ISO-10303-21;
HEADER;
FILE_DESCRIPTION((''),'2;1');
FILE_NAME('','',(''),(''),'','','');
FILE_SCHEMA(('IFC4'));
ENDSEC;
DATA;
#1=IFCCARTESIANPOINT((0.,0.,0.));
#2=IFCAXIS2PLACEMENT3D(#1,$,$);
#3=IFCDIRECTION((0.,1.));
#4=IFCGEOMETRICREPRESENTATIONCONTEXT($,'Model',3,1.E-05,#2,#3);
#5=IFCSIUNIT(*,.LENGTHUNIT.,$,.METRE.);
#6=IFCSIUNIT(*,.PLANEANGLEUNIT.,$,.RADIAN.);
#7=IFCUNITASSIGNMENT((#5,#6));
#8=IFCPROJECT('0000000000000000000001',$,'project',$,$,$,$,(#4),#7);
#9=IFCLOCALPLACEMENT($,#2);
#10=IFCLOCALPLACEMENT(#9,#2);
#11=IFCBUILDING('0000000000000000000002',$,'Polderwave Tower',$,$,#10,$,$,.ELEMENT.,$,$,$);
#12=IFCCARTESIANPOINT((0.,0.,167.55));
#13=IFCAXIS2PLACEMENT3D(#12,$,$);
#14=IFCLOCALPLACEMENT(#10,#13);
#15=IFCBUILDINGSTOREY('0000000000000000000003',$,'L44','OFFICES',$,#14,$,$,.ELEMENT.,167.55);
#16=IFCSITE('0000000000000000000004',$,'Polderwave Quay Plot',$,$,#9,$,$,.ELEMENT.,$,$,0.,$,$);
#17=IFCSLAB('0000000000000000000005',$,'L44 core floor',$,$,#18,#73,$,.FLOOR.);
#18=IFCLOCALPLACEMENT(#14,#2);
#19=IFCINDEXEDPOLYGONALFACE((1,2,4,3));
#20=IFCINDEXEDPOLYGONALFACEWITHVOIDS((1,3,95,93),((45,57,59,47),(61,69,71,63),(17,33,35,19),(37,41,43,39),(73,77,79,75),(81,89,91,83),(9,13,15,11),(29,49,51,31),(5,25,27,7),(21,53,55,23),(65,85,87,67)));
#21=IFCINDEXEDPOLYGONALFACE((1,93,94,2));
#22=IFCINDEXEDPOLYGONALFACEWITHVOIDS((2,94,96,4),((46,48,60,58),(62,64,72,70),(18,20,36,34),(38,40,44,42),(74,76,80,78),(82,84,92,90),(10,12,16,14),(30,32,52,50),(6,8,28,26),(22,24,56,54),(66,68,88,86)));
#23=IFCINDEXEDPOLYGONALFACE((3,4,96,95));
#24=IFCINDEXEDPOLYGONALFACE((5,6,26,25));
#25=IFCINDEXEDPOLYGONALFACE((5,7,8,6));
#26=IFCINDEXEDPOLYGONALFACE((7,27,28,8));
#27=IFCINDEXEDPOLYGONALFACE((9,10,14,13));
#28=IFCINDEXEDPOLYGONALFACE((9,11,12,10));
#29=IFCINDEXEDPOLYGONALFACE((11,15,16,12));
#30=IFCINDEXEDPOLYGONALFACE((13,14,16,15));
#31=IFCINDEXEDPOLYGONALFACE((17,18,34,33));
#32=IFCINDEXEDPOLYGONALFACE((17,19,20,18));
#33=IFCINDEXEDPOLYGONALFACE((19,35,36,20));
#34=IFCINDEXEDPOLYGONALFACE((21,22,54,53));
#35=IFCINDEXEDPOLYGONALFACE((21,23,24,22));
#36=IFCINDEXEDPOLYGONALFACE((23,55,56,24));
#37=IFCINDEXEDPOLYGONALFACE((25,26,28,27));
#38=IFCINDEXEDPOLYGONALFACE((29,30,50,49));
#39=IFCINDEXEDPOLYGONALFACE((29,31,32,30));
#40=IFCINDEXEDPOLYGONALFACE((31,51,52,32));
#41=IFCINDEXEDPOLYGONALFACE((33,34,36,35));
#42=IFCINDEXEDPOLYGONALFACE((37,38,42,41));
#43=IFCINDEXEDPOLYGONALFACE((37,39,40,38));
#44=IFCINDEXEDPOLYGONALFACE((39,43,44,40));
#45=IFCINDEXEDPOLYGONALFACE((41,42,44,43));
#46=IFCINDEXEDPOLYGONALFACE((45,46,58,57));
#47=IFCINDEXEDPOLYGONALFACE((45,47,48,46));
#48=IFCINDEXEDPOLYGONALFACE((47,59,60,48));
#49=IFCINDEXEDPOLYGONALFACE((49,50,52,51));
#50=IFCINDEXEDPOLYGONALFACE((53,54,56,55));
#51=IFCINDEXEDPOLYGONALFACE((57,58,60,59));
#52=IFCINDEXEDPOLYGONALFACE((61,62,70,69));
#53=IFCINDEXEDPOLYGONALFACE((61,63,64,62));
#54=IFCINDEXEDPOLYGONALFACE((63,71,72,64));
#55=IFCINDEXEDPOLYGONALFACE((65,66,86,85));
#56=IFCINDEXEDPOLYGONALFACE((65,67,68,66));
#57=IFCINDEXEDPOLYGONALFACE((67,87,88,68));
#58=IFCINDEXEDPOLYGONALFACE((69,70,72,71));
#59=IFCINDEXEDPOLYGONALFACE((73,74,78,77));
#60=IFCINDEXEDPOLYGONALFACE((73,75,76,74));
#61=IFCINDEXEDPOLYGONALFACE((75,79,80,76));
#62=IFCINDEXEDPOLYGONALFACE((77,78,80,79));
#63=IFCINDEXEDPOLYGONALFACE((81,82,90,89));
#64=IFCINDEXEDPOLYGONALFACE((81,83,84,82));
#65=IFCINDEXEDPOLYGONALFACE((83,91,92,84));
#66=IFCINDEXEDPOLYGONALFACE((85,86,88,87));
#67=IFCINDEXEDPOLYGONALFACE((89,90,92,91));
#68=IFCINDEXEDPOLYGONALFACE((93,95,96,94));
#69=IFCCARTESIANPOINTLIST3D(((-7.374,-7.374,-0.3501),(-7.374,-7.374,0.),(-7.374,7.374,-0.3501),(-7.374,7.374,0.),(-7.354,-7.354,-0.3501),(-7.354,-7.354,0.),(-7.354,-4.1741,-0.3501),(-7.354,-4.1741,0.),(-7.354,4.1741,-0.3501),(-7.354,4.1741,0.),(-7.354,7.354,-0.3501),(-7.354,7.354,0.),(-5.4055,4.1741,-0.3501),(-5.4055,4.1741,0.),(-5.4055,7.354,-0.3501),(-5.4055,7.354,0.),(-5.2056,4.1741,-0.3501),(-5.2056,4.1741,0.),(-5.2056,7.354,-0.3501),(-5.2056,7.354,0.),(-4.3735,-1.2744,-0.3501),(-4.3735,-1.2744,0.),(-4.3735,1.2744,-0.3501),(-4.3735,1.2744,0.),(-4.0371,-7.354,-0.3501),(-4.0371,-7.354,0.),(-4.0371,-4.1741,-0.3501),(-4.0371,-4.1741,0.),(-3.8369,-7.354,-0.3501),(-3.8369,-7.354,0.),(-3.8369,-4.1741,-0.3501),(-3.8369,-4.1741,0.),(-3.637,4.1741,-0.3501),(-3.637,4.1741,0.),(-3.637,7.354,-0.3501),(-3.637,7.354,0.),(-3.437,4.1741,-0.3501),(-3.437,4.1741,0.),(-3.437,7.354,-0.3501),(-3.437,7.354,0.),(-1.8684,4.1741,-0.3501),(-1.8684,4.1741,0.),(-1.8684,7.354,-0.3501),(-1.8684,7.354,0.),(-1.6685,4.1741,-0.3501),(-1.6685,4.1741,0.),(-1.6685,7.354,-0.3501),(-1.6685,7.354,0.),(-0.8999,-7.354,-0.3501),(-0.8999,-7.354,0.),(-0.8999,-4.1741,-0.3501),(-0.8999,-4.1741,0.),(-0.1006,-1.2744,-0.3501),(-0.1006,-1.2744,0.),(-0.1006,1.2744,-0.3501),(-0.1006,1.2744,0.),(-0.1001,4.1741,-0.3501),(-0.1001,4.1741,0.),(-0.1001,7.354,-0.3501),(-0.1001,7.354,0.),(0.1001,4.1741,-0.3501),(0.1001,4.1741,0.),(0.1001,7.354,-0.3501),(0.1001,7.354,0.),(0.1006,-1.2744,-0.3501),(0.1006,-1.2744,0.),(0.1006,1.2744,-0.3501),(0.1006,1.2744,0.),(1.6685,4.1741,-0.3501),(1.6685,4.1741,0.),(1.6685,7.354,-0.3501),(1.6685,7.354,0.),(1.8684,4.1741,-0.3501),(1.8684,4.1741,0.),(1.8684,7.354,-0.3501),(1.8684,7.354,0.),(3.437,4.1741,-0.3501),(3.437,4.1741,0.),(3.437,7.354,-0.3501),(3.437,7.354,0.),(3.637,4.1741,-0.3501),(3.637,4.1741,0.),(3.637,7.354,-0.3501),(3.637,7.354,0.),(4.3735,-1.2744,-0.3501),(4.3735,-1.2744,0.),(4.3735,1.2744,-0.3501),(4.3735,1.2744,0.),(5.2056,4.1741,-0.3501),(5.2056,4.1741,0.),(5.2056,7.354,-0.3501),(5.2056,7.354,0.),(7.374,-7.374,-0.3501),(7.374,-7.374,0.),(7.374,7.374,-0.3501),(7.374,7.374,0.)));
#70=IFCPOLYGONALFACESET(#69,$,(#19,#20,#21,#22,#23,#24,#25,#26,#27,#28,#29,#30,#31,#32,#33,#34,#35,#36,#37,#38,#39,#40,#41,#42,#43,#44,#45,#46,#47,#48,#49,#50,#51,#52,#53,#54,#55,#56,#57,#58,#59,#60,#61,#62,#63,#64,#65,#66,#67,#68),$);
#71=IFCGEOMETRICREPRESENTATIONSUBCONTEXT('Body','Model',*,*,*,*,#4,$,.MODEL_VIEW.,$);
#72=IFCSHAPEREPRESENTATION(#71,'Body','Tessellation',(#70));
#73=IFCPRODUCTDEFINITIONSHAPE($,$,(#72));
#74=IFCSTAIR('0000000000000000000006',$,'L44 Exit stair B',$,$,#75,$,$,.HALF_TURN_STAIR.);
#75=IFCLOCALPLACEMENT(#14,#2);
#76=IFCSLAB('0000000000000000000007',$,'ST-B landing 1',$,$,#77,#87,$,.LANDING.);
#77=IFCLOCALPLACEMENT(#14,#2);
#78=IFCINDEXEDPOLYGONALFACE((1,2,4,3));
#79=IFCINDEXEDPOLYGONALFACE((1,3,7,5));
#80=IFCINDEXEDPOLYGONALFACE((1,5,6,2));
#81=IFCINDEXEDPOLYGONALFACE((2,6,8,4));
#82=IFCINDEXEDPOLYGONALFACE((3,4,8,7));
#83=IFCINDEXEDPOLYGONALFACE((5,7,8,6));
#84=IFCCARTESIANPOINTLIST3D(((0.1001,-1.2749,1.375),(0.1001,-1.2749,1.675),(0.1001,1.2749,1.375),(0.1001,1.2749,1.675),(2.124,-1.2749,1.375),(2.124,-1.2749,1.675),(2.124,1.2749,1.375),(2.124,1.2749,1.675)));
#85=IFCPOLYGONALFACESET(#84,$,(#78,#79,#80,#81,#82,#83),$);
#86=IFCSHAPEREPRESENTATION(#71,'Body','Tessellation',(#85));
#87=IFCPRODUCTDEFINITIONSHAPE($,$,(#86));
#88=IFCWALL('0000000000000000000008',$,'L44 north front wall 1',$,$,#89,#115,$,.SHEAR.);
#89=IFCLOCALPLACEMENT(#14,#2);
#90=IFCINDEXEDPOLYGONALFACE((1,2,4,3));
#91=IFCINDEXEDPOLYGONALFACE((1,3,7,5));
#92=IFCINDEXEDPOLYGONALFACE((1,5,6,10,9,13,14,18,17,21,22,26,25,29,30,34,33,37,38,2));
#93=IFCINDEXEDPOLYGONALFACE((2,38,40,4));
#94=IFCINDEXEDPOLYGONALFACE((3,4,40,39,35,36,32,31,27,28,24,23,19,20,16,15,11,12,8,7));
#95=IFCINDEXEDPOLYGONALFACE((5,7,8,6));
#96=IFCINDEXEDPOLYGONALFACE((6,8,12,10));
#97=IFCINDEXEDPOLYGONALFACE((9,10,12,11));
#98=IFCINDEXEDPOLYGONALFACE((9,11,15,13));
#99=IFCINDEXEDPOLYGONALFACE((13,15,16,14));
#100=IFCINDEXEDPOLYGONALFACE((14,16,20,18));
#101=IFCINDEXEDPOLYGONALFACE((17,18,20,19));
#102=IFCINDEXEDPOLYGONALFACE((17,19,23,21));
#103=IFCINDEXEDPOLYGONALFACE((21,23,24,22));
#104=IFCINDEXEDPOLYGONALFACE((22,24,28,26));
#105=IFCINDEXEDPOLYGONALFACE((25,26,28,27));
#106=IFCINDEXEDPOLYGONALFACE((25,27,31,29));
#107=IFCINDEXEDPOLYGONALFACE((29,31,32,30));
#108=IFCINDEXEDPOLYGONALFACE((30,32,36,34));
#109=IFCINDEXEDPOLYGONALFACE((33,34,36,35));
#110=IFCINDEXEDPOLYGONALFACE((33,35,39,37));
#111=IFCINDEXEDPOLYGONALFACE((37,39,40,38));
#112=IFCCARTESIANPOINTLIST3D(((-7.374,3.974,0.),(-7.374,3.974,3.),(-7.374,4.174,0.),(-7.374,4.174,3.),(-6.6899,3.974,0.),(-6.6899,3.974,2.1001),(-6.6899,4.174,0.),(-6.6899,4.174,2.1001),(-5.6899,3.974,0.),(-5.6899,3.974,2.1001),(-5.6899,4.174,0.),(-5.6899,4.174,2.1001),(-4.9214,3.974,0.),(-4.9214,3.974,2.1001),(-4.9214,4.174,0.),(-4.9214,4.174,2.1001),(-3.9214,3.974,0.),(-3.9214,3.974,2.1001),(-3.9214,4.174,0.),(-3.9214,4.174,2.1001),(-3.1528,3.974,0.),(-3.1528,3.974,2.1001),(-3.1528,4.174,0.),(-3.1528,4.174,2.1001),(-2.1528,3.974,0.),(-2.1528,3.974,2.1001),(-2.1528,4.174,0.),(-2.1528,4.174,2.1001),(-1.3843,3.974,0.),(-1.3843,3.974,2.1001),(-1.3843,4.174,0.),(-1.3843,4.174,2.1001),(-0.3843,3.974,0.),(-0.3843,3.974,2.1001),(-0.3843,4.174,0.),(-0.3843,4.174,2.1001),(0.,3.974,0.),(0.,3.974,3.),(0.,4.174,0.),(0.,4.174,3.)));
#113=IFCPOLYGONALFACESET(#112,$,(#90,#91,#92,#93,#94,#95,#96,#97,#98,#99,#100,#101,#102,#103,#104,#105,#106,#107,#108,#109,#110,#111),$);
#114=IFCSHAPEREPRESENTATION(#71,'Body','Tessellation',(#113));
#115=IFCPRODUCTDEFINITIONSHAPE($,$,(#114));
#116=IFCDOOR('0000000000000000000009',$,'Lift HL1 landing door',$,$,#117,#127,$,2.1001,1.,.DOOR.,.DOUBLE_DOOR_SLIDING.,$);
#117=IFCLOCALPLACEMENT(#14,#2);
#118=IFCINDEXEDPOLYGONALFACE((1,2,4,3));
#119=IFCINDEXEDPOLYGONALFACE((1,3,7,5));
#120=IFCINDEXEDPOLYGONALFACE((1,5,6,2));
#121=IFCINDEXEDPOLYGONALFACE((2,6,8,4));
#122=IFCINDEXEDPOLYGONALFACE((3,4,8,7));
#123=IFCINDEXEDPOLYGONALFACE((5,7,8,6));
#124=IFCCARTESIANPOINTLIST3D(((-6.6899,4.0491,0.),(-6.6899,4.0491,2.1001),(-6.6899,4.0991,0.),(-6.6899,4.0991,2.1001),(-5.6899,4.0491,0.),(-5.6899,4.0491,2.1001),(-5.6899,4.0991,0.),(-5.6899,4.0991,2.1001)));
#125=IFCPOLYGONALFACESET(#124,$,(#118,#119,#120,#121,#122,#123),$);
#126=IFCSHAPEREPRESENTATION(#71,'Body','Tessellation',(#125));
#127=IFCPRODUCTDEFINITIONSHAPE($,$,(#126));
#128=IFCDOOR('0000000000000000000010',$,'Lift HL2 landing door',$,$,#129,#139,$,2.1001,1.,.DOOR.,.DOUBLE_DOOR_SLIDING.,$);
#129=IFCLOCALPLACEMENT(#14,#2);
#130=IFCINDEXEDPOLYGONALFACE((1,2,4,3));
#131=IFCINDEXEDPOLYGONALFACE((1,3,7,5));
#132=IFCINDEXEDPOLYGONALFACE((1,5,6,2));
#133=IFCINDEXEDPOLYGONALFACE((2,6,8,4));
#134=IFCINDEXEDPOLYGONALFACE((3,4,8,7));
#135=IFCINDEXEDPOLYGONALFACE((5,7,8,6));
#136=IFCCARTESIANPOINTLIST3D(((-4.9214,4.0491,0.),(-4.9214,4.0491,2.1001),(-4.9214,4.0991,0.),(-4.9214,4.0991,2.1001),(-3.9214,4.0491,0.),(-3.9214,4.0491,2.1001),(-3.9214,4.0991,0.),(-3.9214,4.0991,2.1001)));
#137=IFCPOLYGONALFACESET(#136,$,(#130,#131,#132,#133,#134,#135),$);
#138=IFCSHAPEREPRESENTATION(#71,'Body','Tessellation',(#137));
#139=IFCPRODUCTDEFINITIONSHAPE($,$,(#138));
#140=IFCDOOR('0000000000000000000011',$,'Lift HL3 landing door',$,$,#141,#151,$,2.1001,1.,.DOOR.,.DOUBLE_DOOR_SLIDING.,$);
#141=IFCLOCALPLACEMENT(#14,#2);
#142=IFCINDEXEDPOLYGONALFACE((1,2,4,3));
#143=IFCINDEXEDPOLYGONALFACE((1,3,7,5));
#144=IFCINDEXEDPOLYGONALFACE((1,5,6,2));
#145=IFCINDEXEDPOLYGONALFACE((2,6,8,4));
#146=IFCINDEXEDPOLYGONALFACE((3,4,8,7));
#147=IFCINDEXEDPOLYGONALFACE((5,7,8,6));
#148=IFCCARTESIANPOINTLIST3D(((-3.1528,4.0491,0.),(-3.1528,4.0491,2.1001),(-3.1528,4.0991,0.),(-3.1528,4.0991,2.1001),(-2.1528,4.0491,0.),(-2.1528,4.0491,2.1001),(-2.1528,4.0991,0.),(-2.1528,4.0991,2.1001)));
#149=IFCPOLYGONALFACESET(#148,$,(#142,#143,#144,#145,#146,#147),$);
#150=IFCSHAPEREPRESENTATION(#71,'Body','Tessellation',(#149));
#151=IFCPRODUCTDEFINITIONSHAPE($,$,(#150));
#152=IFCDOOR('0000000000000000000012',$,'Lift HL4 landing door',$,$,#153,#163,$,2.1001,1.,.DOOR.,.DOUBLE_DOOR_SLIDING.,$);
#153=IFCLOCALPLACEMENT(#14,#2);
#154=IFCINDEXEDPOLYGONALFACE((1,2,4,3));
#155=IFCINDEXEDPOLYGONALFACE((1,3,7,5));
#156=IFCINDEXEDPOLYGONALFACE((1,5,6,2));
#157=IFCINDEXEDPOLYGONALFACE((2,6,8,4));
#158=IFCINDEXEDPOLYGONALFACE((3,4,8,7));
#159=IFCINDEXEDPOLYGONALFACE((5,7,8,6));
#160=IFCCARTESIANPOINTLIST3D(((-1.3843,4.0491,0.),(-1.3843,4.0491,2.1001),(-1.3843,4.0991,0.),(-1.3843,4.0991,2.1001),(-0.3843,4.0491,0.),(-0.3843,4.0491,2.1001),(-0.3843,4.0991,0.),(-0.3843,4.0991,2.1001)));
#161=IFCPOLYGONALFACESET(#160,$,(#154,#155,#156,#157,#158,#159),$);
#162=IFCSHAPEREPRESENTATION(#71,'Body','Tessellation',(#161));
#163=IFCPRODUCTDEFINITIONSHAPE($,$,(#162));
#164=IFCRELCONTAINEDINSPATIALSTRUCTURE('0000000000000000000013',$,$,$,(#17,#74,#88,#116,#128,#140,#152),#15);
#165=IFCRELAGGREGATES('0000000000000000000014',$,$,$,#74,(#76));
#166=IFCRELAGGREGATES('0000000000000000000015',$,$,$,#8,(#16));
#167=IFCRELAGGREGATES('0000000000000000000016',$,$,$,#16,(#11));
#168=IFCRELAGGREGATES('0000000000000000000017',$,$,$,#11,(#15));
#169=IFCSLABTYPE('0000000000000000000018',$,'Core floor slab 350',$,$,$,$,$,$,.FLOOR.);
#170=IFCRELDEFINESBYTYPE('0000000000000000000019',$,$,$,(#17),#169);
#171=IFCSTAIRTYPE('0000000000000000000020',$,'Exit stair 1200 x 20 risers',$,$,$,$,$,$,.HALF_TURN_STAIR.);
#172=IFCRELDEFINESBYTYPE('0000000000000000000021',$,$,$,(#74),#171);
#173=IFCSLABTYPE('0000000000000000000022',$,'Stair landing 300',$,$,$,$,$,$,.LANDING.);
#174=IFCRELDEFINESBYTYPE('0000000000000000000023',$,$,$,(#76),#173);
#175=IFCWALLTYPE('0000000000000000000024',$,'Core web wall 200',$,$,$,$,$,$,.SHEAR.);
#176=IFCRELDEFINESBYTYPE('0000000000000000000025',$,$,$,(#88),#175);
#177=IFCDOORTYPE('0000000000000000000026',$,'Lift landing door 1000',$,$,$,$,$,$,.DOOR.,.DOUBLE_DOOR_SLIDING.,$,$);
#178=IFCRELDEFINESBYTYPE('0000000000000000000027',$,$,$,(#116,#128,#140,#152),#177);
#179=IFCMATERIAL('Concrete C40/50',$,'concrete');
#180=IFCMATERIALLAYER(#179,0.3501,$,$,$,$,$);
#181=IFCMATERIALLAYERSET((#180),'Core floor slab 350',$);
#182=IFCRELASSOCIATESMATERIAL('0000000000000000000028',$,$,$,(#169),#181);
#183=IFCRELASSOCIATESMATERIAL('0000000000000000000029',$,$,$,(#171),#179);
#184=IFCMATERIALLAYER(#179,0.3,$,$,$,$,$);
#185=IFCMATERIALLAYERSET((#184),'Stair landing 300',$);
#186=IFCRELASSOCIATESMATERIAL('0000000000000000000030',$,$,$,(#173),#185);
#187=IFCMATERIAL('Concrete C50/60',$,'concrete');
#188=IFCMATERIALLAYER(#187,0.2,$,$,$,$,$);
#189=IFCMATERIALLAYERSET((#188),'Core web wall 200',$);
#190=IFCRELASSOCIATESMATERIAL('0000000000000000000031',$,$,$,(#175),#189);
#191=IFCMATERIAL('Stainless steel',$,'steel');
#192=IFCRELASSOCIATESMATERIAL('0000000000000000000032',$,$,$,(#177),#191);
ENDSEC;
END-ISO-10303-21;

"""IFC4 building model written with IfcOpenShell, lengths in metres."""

from ifc_helpers import new_model, si_unit, direction, frame, frame_2d, origin, place, context, subcontext, project, spatial, polyline, rectangle, outline, extrude, material, layer, layer_set, type_object, element, fill, aggregate, save


model = new_model("IFC4")

# Units and contexts
model_context = context("Model", 3, precision=1e-05, world=origin(), true_north=direction((0.0, 1.0)))
body_context = subcontext(model_context, "Body", "Model", "MODEL_VIEW")
ifc_project = project(units=[si_unit("LENGTHUNIT", "METRE"), si_unit("PLANEANGLEUNIT", "RADIAN")], contexts=[model_context])

# Site, building, storey
site_placement = place(None, origin())
site = spatial("IfcSite", under=ifc_project, at=site_placement, Name="Polderwave Quay Plot", CompositionType="ELEMENT", RefElevation=0.0)
building_placement = place(site_placement, origin())
building = spatial("IfcBuilding", under=site, at=building_placement, Name="Polderwave Tower", CompositionType="ELEMENT")
storey_placement = place(building_placement, frame((0.0, 0.0, 167.55)))
storey = spatial("IfcBuildingStorey", under=building, at=storey_placement, Name="L44", Description="OFFICES", CompositionType="ELEMENT", Elevation=167.55)

# Slab
ifc_material_1 = material(Name="Concrete C40/50", Category="concrete")
ifc_layer_1 = layer(ifc_material_1, 0.3501)
ifc_layer_set_1 = layer_set([ifc_layer_1], Name="Core floor slab 350")
slab_type_1 = type_object("IfcSlabType", Name="Core floor slab 350", PredefinedType="FLOOR", material=ifc_layer_set_1)
slab_1_placement = place(storey_placement, frame((0.0, 0.0, -0.3501)))
element("IfcSlab", 1, at=slab_1_placement, inside=storey, type_object=slab_type_1, Name="L44 core floor", PredefinedType="FLOOR", context=body_context, shape_type="SweptSolid", body=[
    extrude(outline(polyline([(-7.374, -7.374), (7.374, -7.374), (7.374, 7.374), (-7.374, 7.374), (-7.374, -7.374)]), holes=[polyline([(-7.354, -7.354), (-4.0371, -7.354), (-4.0371, -4.1741), (-7.354, -4.1741), (-7.354, -7.354)]), polyline([(-3.8369, -7.354), (-0.8999, -7.354), (-0.8999, -4.1741), (-3.8369, -4.1741), (-3.8369, -7.354)]), polyline([(-7.354, 4.1741), (-5.4055, 4.1741), (-5.4055, 7.354), (-7.354, 7.354), (-7.354, 4.1741)]), polyline([(-5.2056, 4.1741), (-3.637, 4.1741), (-3.637, 7.354), (-5.2056, 7.354), (-5.2056, 4.1741)]), polyline([(-3.437, 4.1741), (-1.8684, 4.1741), (-1.8684, 7.354), (-3.437, 7.354), (-3.437, 4.1741)]), polyline([(-1.6685, 4.1741), (-0.1001, 4.1741), (-0.1001, 7.354), (-1.6685, 7.354), (-1.6685, 4.1741)]), polyline([(0.1001, 4.1741), (1.6685, 4.1741), (1.6685, 7.354), (0.1001, 7.354), (0.1001, 4.1741)]), polyline([(1.8684, 4.1741), (3.437, 4.1741), (3.437, 7.354), (1.8684, 7.354), (1.8684, 4.1741)]), polyline([(3.637, 4.1741), (5.2056, 4.1741), (5.2056, 7.354), (3.637, 7.354), (3.637, 4.1741)]), polyline([(-4.3735, -1.2744), (-0.1006, -1.2744), (-0.1006, 1.2744), (-4.3735, 1.2744), (-4.3735, -1.2744)]), polyline([(0.1006, -1.2744), (4.3735, -1.2744), (4.3735, 1.2744), (0.1006, 1.2744), (0.1006, -1.2744)])]), origin(), (0.0, 0.0, 1.0), 0.3501),
])

# Stair, slab
stair_type = type_object("IfcStairType", Name="Exit stair 1200 x 20 risers", PredefinedType="HALF_TURN_STAIR", material=ifc_material_1)
stair_1_placement = place(storey_placement, origin())
stair_1 = element("IfcStair", 2, at=stair_1_placement, inside=storey, type_object=stair_type, Name="L44 Exit stair B", PredefinedType="HALF_TURN_STAIR")
ifc_layer_2 = layer(ifc_material_1, 0.3)
ifc_layer_set_2 = layer_set([ifc_layer_2], Name="Stair landing 300")
slab_type_2 = type_object("IfcSlabType", Name="Stair landing 300", PredefinedType="LANDING", material=ifc_layer_set_2)
slab_2_placement = place(storey_placement, frame((0.0, 0.0, 1.375)))
slab_2 = element("IfcSlab", 3, at=slab_2_placement, type_object=slab_type_2, Name="ST-B landing 1", PredefinedType="LANDING", context=body_context, shape_type="SweptSolid", body=[
    extrude(outline(polyline([(2.124, 1.2749), (0.1001, 1.2749), (0.1001, -1.2749), (2.124, -1.2749), (2.124, 1.2749)])), origin(), (0.0, 0.0, 1.0), 0.3),
])
aggregate(stair_1, [slab_2])

# Wall, openings, doors
ifc_material_2 = material(Name="Concrete C50/60", Category="concrete")
ifc_layer_3 = layer(ifc_material_2, 0.2)
ifc_layer_set_3 = layer_set([ifc_layer_3], Name="Core web wall 200")
wall_type_1 = type_object("IfcWallType", Name="Core web wall 200", PredefinedType="SHEAR", material=ifc_layer_set_3)
wall_1_placement = place(storey_placement, frame((-7.374, 4.074, 0.0), z_axis=(0.0, 0.0, 1.0), x_axis=(1.0, 0.0, 0.0)))
wall_1 = element("IfcWall", 4, at=wall_1_placement, inside=storey, type_object=wall_type_1, Name="L44 north front wall 1", PredefinedType="SHEAR", context=body_context, shape_type="SweptSolid", body=[
    extrude(rectangle(XDim=7.374, YDim=0.2, at=frame_2d((3.687, 0.0))), origin(), (0.0, 0.0, 1.0), 3.0),
])
opening_1_placement = place(wall_1_placement, frame((0.6841, 0.0, 0.0)))
opening_1 = element("IfcOpeningElement", 5, at=opening_1_placement, cuts=wall_1, PredefinedType="OPENING", context=body_context, shape_type="SweptSolid", body=[
    extrude(rectangle(XDim=1.0, YDim=2.1001, at=frame_2d((0.5, 1.05))), frame((0.0, 0.1099, 0.0), z_axis=(0.0, -1.0, 0.0), x_axis=(1.0, 0.0, 0.0)), (0.0, 0.0, 1.0), 0.22),
])
opening_2_placement = place(wall_1_placement, frame((2.4526, 0.0, 0.0)))
opening_2 = element("IfcOpeningElement", 6, at=opening_2_placement, cuts=wall_1, PredefinedType="OPENING", context=body_context, shape_type="SweptSolid", body=[
    extrude(rectangle(XDim=1.0, YDim=2.1001, at=frame_2d((0.5, 1.05))), frame((0.0, 0.1099, 0.0), z_axis=(0.0, -1.0, 0.0), x_axis=(1.0, 0.0, 0.0)), (0.0, 0.0, 1.0), 0.22),
])
opening_3_placement = place(wall_1_placement, frame((4.2212, 0.0, 0.0)))
opening_3 = element("IfcOpeningElement", 7, at=opening_3_placement, cuts=wall_1, PredefinedType="OPENING", context=body_context, shape_type="SweptSolid", body=[
    extrude(rectangle(XDim=1.0, YDim=2.1001, at=frame_2d((0.5, 1.05))), frame((0.0, 0.1099, 0.0), z_axis=(0.0, -1.0, 0.0), x_axis=(1.0, 0.0, 0.0)), (0.0, 0.0, 1.0), 0.22),
])
opening_4_placement = place(wall_1_placement, frame((5.9897, 0.0, 0.0)))
opening_4 = element("IfcOpeningElement", 8, at=opening_4_placement, cuts=wall_1, PredefinedType="OPENING", context=body_context, shape_type="SweptSolid", body=[
    extrude(rectangle(XDim=1.0, YDim=2.1001, at=frame_2d((0.5, 1.05))), frame((0.0, 0.1099, 0.0), z_axis=(0.0, -1.0, 0.0), x_axis=(1.0, 0.0, 0.0)), (0.0, 0.0, 1.0), 0.22),
])
ifc_material_3 = material(Name="Stainless steel", Category="steel")
door_type_1 = type_object("IfcDoorType", Name="Lift landing door 1000", OperationType="DOUBLE_DOOR_SLIDING", PredefinedType="DOOR", material=ifc_material_3)
door_1_placement = place(opening_1_placement, frame((1.0, 0.0, 0.0), z_axis=(0.0, 0.0, 1.0), x_axis=(-1.0, 0.0, 0.0)))
door_1 = element("IfcDoor", 9, at=door_1_placement, inside=storey, type_object=door_type_1, Name="Lift HL1 landing door", OperationType="DOUBLE_DOOR_SLIDING", OverallHeight=2.1001, OverallWidth=1.0, PredefinedType="DOOR", context=body_context, shape_type="SweptSolid", body=[
    extrude(rectangle(XDim=1.0, YDim=2.1001, at=frame_2d((0.5, 1.05))), frame((0.0, 0.0249, 0.0), z_axis=(0.0, -1.0, 0.0), x_axis=(1.0, 0.0, 0.0)), (0.0, 0.0, 1.0), 0.05),
])
fill(opening_1, door_1)
door_2_placement = place(opening_2_placement, frame((1.0, 0.0, 0.0), z_axis=(0.0, 0.0, 1.0), x_axis=(-1.0, 0.0, 0.0)))
door_2 = element("IfcDoor", 10, at=door_2_placement, inside=storey, type_object=door_type_1, Name="Lift HL2 landing door", OperationType="DOUBLE_DOOR_SLIDING", OverallHeight=2.1001, OverallWidth=1.0, PredefinedType="DOOR", context=body_context, shape_type="SweptSolid", body=[
    extrude(rectangle(XDim=1.0, YDim=2.1001, at=frame_2d((0.5, 1.05))), frame((0.0, 0.0249, 0.0), z_axis=(0.0, -1.0, 0.0), x_axis=(1.0, 0.0, 0.0)), (0.0, 0.0, 1.0), 0.05),
])
fill(opening_2, door_2)
door_3_placement = place(opening_3_placement, frame((1.0, 0.0, 0.0), z_axis=(0.0, 0.0, 1.0), x_axis=(-1.0, 0.0, 0.0)))
door_3 = element("IfcDoor", 11, at=door_3_placement, inside=storey, type_object=door_type_1, Name="Lift HL3 landing door", OperationType="DOUBLE_DOOR_SLIDING", OverallHeight=2.1001, OverallWidth=1.0, PredefinedType="DOOR", context=body_context, shape_type="SweptSolid", body=[
    extrude(rectangle(XDim=1.0, YDim=2.1001, at=frame_2d((0.5, 1.05))), frame((0.0, 0.0249, 0.0), z_axis=(0.0, -1.0, 0.0), x_axis=(1.0, 0.0, 0.0)), (0.0, 0.0, 1.0), 0.05),
])
fill(opening_3, door_3)
door_4_placement = place(opening_4_placement, frame((1.0, 0.0, 0.0), z_axis=(0.0, 0.0, 1.0), x_axis=(-1.0, 0.0, 0.0)))
door_4 = element("IfcDoor", 12, at=door_4_placement, inside=storey, type_object=door_type_1, Name="Lift HL4 landing door", OperationType="DOUBLE_DOOR_SLIDING", OverallHeight=2.1001, OverallWidth=1.0, PredefinedType="DOOR", context=body_context, shape_type="SweptSolid", body=[
    extrude(rectangle(XDim=1.0, YDim=2.1001, at=frame_2d((0.5, 1.05))), frame((0.0, 0.0249, 0.0), z_axis=(0.0, -1.0, 0.0), x_axis=(1.0, 0.0, 0.0)), (0.0, 0.0, 1.0), 0.05),
])
fill(opening_4, door_4)

save(model, "model.ifc")
